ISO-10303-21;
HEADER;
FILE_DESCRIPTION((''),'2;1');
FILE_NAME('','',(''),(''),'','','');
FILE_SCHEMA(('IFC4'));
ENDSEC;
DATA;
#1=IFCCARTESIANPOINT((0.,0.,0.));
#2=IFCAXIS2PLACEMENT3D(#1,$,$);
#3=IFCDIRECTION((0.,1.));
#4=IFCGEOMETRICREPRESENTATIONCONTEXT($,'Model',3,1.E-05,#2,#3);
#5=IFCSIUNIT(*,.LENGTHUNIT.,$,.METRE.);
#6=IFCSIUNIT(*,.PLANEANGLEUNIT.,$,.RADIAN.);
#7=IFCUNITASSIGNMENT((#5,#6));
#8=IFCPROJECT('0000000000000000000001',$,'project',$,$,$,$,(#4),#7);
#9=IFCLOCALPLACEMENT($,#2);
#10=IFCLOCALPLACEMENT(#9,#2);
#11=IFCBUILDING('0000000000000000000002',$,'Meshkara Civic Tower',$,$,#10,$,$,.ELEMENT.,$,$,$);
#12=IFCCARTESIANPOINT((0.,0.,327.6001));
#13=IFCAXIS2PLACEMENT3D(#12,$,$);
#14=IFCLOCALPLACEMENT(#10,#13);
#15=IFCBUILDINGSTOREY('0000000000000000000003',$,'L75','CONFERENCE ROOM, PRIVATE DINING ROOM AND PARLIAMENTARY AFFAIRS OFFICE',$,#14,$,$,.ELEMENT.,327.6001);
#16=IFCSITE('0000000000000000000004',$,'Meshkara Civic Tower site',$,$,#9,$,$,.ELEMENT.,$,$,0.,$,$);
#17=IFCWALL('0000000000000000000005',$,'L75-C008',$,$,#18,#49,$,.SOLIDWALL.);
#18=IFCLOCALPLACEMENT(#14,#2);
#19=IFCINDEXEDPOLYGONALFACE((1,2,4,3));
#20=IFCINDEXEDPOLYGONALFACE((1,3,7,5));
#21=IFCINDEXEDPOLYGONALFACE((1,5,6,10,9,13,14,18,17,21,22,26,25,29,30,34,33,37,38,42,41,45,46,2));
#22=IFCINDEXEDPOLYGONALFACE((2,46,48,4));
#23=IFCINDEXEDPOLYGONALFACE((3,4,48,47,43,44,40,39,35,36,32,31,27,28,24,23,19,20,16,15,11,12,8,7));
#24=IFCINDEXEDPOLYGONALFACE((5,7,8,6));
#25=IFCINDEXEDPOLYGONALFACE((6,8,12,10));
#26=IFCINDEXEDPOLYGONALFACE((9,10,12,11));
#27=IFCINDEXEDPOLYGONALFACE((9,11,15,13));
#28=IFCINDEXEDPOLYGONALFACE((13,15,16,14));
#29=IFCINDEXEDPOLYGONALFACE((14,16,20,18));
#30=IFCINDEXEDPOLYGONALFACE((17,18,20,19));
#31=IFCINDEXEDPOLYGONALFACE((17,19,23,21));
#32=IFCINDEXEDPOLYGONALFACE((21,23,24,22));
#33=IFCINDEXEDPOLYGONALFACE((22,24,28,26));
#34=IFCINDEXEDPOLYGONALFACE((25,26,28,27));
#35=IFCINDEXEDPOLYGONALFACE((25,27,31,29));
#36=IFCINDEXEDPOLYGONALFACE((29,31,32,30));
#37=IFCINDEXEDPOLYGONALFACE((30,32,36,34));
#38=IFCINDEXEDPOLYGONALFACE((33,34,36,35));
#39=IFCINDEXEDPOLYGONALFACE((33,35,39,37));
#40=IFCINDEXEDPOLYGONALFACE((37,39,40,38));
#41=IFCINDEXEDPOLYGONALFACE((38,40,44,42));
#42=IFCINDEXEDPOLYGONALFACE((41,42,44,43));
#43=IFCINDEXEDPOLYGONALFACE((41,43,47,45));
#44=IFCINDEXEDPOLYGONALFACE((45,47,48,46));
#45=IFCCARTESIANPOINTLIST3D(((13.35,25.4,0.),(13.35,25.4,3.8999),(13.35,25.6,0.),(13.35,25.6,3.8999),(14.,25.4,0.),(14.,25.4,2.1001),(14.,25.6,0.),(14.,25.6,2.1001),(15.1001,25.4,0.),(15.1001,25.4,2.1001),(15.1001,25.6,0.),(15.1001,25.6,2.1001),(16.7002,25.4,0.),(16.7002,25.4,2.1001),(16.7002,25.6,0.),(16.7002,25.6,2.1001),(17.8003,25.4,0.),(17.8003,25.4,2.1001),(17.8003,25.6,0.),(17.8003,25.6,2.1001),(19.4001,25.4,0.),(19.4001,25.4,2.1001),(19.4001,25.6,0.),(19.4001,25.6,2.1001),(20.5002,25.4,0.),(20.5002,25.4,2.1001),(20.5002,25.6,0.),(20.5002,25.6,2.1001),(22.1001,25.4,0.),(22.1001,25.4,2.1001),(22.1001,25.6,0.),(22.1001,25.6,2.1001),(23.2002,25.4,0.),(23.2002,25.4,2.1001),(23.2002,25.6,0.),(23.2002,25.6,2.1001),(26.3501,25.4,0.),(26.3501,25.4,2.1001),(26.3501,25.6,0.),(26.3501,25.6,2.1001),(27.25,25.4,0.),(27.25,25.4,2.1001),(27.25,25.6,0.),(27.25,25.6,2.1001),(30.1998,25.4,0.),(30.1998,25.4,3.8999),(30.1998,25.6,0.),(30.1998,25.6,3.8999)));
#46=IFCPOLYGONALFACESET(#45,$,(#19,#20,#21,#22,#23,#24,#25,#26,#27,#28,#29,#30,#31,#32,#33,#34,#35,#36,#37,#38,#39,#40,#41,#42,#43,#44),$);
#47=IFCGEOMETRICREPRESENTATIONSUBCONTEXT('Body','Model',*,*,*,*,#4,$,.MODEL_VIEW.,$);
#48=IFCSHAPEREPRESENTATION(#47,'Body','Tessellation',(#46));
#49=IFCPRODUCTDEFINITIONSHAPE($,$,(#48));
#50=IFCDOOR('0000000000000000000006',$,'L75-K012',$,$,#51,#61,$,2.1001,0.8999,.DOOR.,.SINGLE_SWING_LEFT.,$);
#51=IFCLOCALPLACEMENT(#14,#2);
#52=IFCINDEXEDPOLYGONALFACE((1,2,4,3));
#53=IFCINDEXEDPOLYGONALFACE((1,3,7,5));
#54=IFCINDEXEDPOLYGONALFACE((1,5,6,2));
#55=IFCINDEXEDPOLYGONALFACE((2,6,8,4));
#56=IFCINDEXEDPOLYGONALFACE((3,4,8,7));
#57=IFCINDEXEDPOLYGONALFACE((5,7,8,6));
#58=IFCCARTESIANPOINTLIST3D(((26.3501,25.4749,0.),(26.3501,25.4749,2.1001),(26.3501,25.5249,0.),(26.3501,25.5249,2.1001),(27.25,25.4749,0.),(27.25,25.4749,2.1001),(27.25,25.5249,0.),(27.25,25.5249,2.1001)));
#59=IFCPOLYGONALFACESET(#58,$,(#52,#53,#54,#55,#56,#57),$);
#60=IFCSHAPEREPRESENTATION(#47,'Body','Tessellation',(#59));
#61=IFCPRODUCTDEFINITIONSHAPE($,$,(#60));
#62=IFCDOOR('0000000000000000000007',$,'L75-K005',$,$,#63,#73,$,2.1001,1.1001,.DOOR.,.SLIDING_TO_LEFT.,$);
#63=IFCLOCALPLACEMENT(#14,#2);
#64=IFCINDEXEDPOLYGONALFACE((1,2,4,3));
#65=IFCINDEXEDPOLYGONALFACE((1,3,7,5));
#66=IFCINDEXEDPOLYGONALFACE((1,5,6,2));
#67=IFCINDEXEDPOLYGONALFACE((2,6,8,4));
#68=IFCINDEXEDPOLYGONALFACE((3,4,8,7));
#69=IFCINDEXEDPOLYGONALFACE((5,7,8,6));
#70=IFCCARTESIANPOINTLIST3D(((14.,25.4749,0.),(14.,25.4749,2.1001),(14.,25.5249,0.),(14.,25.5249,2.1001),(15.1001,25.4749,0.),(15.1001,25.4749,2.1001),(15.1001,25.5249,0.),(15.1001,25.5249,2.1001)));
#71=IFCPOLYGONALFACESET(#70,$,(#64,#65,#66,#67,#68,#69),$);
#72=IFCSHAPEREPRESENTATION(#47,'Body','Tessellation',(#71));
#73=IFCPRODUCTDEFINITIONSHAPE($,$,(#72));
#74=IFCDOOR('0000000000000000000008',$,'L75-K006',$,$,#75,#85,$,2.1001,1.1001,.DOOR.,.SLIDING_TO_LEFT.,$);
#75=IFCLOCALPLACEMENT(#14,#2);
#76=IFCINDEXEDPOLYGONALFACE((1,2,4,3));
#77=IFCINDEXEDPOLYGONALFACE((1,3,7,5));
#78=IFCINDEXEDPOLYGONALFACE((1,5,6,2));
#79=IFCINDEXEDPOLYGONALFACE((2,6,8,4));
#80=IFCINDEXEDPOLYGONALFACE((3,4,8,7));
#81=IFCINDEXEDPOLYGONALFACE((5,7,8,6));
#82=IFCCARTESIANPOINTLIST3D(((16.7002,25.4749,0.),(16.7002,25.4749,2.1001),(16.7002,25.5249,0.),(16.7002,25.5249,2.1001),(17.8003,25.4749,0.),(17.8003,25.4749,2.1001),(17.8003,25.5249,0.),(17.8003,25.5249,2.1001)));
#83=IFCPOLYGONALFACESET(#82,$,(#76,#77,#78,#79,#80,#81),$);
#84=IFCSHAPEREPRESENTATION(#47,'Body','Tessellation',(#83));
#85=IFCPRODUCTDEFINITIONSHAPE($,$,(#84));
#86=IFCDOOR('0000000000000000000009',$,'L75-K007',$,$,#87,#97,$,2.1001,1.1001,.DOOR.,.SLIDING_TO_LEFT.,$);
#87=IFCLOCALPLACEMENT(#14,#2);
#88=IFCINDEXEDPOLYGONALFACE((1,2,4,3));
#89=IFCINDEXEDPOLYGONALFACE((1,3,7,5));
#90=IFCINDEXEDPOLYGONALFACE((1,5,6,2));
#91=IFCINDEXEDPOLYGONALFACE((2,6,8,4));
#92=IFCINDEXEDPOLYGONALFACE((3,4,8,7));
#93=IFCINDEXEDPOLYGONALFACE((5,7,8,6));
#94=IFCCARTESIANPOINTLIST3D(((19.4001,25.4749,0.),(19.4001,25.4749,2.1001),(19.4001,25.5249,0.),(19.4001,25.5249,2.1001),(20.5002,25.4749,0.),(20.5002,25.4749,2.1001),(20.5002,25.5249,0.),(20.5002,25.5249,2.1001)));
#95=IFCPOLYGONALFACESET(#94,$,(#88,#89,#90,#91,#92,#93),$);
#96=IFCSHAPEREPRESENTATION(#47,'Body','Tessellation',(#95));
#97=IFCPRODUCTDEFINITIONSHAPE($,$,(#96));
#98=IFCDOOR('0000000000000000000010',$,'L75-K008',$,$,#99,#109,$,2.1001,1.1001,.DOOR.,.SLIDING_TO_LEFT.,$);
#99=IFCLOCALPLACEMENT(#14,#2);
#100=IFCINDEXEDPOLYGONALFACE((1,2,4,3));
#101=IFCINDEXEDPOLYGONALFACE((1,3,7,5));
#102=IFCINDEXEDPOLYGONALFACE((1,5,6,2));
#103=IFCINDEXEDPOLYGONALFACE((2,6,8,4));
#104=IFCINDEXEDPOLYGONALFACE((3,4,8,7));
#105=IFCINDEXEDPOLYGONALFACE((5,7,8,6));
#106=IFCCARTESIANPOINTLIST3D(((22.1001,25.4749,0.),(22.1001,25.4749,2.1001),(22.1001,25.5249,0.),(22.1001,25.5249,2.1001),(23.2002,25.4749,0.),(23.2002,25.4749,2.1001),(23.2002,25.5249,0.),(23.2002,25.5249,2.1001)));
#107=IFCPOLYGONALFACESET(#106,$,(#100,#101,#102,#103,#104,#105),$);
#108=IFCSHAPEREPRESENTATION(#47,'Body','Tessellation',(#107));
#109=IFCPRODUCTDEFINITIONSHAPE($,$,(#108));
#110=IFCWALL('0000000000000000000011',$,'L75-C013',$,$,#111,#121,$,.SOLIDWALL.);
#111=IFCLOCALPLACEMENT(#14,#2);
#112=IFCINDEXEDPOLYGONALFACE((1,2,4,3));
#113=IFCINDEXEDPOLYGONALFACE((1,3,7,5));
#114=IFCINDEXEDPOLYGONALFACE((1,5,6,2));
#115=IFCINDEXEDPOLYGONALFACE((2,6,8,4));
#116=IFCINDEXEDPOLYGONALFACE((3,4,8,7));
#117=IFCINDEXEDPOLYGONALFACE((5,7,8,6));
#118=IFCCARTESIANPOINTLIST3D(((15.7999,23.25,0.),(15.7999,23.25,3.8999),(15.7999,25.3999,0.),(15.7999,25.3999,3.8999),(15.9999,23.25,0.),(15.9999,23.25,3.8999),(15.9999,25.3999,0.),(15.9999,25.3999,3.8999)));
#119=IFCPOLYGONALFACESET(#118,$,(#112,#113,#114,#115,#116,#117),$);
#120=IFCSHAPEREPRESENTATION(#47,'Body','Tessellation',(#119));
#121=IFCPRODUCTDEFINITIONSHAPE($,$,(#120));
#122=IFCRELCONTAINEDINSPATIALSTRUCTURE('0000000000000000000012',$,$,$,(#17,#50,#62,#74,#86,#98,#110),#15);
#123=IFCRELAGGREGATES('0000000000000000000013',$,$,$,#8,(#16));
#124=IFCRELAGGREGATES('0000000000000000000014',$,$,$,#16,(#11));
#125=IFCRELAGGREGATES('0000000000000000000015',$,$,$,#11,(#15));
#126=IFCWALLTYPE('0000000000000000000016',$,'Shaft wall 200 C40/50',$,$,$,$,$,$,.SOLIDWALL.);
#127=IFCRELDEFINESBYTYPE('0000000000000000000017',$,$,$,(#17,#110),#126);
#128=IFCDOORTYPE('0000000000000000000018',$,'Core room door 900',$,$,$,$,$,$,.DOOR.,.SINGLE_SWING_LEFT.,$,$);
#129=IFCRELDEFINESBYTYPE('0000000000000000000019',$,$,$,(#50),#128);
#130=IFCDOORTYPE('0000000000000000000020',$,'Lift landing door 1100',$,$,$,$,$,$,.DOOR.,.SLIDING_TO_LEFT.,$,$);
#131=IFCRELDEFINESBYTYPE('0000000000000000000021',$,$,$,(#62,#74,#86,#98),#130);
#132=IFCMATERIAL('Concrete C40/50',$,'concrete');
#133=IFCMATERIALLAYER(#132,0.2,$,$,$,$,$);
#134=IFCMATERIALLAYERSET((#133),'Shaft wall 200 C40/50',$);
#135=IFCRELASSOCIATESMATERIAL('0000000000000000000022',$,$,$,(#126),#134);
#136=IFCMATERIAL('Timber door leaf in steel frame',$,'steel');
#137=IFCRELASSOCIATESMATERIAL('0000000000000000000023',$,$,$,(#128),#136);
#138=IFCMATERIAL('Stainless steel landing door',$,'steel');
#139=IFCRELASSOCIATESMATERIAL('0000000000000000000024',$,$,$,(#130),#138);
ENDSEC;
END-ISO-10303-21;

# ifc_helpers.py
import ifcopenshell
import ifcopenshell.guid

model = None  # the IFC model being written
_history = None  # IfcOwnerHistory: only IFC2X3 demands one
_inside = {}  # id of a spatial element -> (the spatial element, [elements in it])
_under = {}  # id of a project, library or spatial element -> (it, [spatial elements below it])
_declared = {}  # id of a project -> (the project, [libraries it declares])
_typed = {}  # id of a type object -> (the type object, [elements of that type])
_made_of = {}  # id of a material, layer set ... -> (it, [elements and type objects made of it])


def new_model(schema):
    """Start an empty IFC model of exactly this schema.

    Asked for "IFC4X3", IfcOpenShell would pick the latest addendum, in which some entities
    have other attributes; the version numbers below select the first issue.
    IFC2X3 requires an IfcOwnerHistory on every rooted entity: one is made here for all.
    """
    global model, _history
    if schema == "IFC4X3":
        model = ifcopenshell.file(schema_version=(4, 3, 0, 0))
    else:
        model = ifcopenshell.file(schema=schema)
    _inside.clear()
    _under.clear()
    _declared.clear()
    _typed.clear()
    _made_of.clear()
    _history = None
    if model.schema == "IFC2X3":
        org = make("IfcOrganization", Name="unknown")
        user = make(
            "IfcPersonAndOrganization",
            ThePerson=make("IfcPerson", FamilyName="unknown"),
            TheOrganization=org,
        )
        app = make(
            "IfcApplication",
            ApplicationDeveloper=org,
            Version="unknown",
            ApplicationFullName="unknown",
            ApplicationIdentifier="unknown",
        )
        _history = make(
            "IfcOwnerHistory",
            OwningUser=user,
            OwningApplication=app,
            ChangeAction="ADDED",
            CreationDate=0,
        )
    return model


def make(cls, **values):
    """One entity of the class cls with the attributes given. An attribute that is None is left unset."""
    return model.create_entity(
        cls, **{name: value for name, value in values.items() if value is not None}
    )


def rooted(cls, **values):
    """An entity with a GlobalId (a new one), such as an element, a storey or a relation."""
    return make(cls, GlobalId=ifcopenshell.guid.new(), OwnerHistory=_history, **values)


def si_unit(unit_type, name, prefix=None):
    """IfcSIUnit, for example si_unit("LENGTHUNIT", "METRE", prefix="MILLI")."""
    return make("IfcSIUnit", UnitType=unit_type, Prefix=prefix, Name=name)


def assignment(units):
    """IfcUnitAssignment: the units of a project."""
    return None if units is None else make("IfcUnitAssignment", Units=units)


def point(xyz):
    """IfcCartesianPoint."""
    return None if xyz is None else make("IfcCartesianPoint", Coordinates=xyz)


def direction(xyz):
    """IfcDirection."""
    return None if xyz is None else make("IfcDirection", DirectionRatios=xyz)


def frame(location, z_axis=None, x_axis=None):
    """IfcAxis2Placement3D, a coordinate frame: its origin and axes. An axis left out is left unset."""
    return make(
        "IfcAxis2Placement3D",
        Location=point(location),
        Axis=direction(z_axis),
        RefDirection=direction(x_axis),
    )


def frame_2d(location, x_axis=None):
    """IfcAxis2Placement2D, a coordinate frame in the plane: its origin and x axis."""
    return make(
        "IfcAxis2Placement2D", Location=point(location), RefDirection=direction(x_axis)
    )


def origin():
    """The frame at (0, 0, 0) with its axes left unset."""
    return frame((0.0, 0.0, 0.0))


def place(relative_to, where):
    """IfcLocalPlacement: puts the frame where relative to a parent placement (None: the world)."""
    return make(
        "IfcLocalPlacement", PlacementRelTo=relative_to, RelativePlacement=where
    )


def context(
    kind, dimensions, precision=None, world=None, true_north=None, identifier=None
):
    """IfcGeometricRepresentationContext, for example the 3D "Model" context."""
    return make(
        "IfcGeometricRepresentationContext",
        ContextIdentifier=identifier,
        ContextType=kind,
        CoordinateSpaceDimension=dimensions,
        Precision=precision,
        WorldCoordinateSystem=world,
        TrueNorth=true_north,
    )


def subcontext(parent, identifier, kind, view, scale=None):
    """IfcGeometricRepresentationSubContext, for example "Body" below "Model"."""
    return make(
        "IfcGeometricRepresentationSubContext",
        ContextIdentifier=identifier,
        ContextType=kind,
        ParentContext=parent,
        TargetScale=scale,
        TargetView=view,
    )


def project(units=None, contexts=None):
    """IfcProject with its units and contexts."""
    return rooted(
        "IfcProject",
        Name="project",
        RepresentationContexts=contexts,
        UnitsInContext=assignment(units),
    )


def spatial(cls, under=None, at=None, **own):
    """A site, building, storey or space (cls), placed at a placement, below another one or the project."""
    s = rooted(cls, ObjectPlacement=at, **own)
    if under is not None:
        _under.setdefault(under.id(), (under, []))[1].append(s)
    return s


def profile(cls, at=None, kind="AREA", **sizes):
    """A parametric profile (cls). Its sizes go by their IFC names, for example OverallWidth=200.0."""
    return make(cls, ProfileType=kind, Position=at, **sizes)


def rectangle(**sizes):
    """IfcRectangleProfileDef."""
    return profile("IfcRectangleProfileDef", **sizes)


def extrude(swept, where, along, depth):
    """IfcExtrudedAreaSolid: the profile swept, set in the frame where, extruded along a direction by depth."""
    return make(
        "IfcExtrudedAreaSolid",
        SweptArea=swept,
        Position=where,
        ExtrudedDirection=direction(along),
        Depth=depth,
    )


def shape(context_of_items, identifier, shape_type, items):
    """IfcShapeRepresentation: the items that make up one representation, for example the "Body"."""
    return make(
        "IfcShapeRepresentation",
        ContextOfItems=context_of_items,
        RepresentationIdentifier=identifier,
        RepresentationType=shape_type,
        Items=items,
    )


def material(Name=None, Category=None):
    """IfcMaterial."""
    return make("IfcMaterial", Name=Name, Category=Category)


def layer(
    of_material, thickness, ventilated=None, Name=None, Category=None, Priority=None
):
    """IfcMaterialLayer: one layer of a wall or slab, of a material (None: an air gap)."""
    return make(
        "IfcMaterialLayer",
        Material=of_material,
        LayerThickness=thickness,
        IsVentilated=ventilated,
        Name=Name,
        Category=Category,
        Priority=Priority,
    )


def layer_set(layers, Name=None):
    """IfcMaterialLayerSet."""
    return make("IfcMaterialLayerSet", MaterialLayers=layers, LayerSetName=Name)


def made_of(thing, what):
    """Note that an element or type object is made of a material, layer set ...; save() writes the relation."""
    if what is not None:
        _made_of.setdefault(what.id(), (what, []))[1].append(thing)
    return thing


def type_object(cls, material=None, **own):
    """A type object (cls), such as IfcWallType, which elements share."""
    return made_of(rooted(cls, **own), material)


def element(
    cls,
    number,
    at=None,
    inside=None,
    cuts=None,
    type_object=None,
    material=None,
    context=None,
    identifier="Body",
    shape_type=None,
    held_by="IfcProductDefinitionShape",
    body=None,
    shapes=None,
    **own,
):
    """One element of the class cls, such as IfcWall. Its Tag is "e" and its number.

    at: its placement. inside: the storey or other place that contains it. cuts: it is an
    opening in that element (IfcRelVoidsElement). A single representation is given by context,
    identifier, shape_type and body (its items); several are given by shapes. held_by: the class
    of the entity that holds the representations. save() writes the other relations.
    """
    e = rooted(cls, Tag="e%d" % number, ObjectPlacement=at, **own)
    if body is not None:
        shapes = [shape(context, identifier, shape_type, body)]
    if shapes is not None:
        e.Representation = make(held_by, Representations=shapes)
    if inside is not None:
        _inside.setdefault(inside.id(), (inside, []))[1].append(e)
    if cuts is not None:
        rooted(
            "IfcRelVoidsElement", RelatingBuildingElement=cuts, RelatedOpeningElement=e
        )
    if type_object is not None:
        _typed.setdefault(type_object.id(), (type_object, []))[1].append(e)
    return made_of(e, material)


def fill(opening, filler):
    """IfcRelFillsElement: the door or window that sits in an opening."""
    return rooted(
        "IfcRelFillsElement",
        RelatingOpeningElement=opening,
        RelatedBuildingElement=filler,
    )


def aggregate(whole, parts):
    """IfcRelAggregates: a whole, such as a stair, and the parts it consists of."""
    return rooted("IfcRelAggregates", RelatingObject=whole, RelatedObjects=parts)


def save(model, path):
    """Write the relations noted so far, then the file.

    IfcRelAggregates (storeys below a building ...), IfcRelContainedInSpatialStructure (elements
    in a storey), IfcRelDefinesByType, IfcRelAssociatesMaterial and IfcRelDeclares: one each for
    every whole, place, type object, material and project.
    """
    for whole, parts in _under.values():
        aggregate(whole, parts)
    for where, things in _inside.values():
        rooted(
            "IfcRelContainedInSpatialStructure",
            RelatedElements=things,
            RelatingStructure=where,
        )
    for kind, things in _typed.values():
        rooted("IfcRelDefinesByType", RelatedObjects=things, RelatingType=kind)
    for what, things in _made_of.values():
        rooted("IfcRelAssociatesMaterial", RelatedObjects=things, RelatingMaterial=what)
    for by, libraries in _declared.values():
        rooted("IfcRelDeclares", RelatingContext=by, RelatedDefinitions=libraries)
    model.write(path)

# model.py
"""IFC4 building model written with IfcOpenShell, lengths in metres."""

from ifc_helpers import new_model, si_unit, direction, frame, frame_2d, origin, place, context, subcontext, project, spatial, rectangle, extrude, material, layer, layer_set, type_object, element, fill, save


model = new_model("IFC4")

# Units and contexts
model_context = context("Model", 3, precision=1e-05, world=origin(), true_north=direction((0.0, 1.0)))
body_context = subcontext(model_context, "Body", "Model", "MODEL_VIEW")
ifc_project = project(units=[si_unit("LENGTHUNIT", "METRE"), si_unit("PLANEANGLEUNIT", "RADIAN")], contexts=[model_context])

# Site, building, storey
site_placement = place(None, origin())
site = spatial("IfcSite", under=ifc_project, at=site_placement, Name="Meshkara Civic Tower site", CompositionType="ELEMENT", RefElevation=0.0)
building_placement = place(site_placement, origin())
building = spatial("IfcBuilding", under=site, at=building_placement, Name="Meshkara Civic Tower", CompositionType="ELEMENT")
storey_placement = place(building_placement, frame((0.0, 0.0, 327.6001)))
storey = spatial("IfcBuildingStorey", under=building, at=storey_placement, Name="L75", Description="CONFERENCE ROOM, PRIVATE DINING ROOM AND PARLIAMENTARY AFFAIRS OFFICE", CompositionType="ELEMENT", Elevation=327.6001)

# Wall, openings, doors
ifc_material_1 = material(Name="Concrete C40/50", Category="concrete")
ifc_layer_1 = layer(ifc_material_1, 0.2)
ifc_layer_set_1 = layer_set([ifc_layer_1], Name="Shaft wall 200 C40/50")
wall_type_1 = type_object("IfcWallType", Name="Shaft wall 200 C40/50", PredefinedType="SOLIDWALL", material=ifc_layer_set_1)
wall_1_placement = place(storey_placement, frame((13.3501, 25.5, 0.0), z_axis=(0.0, 0.0, 1.0), x_axis=(1.0, 0.0, 0.0)))
wall_1 = element("IfcWall", 1, at=wall_1_placement, inside=storey, type_object=wall_type_1, Name="L75-C008", PredefinedType="SOLIDWALL", context=body_context, shape_type="SweptSolid", body=[
    extrude(rectangle(XDim=16.8499, YDim=0.2, at=frame_2d((8.4248, 0.0))), origin(), (0.0, 0.0, 1.0), 3.8999),
])
opening_1_placement = place(wall_1_placement, frame((0.6499, 0.0, 0.0)))
opening_1 = element("IfcOpeningElement", 2, at=opening_1_placement, cuts=wall_1, PredefinedType="OPENING", context=body_context, shape_type="SweptSolid", body=[
    extrude(rectangle(XDim=1.1001, YDim=2.1001, at=frame_2d((0.55, 1.05))), frame((0.0, 0.1099, 0.0), z_axis=(0.0, -1.0, 0.0), x_axis=(1.0, 0.0, 0.0)), (0.0, 0.0, 1.0), 0.22),
])
opening_2_placement = place(wall_1_placement, frame((3.3501, 0.0, 0.0)))
opening_2 = element("IfcOpeningElement", 3, at=opening_2_placement, cuts=wall_1, PredefinedType="OPENING", context=body_context, shape_type="SweptSolid", body=[
    extrude(rectangle(XDim=1.1001, YDim=2.1001, at=frame_2d((0.55, 1.05))), frame((0.0, 0.1099, 0.0), z_axis=(0.0, -1.0, 0.0), x_axis=(1.0, 0.0, 0.0)), (0.0, 0.0, 1.0), 0.22),
])
opening_3_placement = place(wall_1_placement, frame((6.05, 0.0, 0.0)))
opening_3 = element("IfcOpeningElement", 4, at=opening_3_placement, cuts=wall_1, PredefinedType="OPENING", context=body_context, shape_type="SweptSolid", body=[
    extrude(rectangle(XDim=1.1001, YDim=2.1001, at=frame_2d((0.55, 1.05))), frame((0.0, 0.1099, 0.0), z_axis=(0.0, -1.0, 0.0), x_axis=(1.0, 0.0, 0.0)), (0.0, 0.0, 1.0), 0.22),
])
opening_4_placement = place(wall_1_placement, frame((8.75, 0.0, 0.0)))
opening_4 = element("IfcOpeningElement", 5, at=opening_4_placement, cuts=wall_1, PredefinedType="OPENING", context=body_context, shape_type="SweptSolid", body=[
    extrude(rectangle(XDim=1.1001, YDim=2.1001, at=frame_2d((0.55, 1.05))), frame((0.0, 0.1099, 0.0), z_axis=(0.0, -1.0, 0.0), x_axis=(1.0, 0.0, 0.0)), (0.0, 0.0, 1.0), 0.22),
])
opening_5_placement = place(wall_1_placement, frame((13.0, 0.0, 0.0)))
opening_5 = element("IfcOpeningElement", 6, at=opening_5_placement, cuts=wall_1, PredefinedType="OPENING", context=body_context, shape_type="SweptSolid", body=[
    extrude(rectangle(XDim=0.8999, YDim=2.1001, at=frame_2d((0.45, 1.05))), frame((0.0, 0.1099, 0.0), z_axis=(0.0, -1.0, 0.0), x_axis=(1.0, 0.0, 0.0)), (0.0, 0.0, 1.0), 0.22),
])
ifc_material_2 = material(Name="Timber door leaf in steel frame", Category="steel")
door_type_1 = type_object("IfcDoorType", Name="Core room door 900", OperationType="SINGLE_SWING_LEFT", PredefinedType="DOOR", material=ifc_material_2)
door_1_placement = place(opening_5_placement, origin())
door_1 = element("IfcDoor", 7, at=door_1_placement, inside=storey, type_object=door_type_1, Name="L75-K012", OperationType="SINGLE_SWING_LEFT", OverallHeight=2.1001, OverallWidth=0.8999, PredefinedType="DOOR", context=body_context, shape_type="SweptSolid", body=[
    extrude(rectangle(XDim=0.8999, YDim=2.1001, at=frame_2d((0.45, 1.05))), frame((0.0, 0.0249, 0.0), z_axis=(0.0, -1.0, 0.0), x_axis=(1.0, 0.0, 0.0)), (0.0, 0.0, 1.0), 0.05),
])
fill(opening_5, door_1)
ifc_material_3 = material(Name="Stainless steel landing door", Category="steel")
door_type_2 = type_object("IfcDoorType", Name="Lift landing door 1100", OperationType="SLIDING_TO_LEFT", PredefinedType="DOOR", material=ifc_material_3)
door_2_placement = place(opening_1_placement, origin())
door_2 = element("IfcDoor", 8, at=door_2_placement, inside=storey, type_object=door_type_2, Name="L75-K005", OperationType="SLIDING_TO_LEFT", OverallHeight=2.1001, OverallWidth=1.1001, PredefinedType="DOOR", context=body_context, shape_type="SweptSolid", body=[
    extrude(rectangle(XDim=1.1001, YDim=2.1001, at=frame_2d((0.55, 1.05))), frame((0.0, 0.0249, 0.0), z_axis=(0.0, -1.0, 0.0), x_axis=(1.0, 0.0, 0.0)), (0.0, 0.0, 1.0), 0.05),
])
fill(opening_1, door_2)
door_3_placement = place(opening_2_placement, origin())
door_3 = element("IfcDoor", 9, at=door_3_placement, inside=storey, type_object=door_type_2, Name="L75-K006", OperationType="SLIDING_TO_LEFT", OverallHeight=2.1001, OverallWidth=1.1001, PredefinedType="DOOR", context=body_context, shape_type="SweptSolid", body=[
    extrude(rectangle(XDim=1.1001, YDim=2.1001, at=frame_2d((0.55, 1.05))), frame((0.0, 0.0249, 0.0), z_axis=(0.0, -1.0, 0.0), x_axis=(1.0, 0.0, 0.0)), (0.0, 0.0, 1.0), 0.05),
])
fill(opening_2, door_3)
door_4_placement = place(opening_3_placement, origin())
door_4 = element("IfcDoor", 10, at=door_4_placement, inside=storey, type_object=door_type_2, Name="L75-K007", OperationType="SLIDING_TO_LEFT", OverallHeight=2.1001, OverallWidth=1.1001, PredefinedType="DOOR", context=body_context, shape_type="SweptSolid", body=[
    extrude(rectangle(XDim=1.1001, YDim=2.1001, at=frame_2d((0.55, 1.05))), frame((0.0, 0.0249, 0.0), z_axis=(0.0, -1.0, 0.0), x_axis=(1.0, 0.0, 0.0)), (0.0, 0.0, 1.0), 0.05),
])
fill(opening_3, door_4)
door_5_placement = place(opening_4_placement, origin())
door_5 = element("IfcDoor", 11, at=door_5_placement, inside=storey, type_object=door_type_2, Name="L75-K008", OperationType="SLIDING_TO_LEFT", OverallHeight=2.1001, OverallWidth=1.1001, PredefinedType="DOOR", context=body_context, shape_type="SweptSolid", body=[
    extrude(rectangle(XDim=1.1001, YDim=2.1001, at=frame_2d((0.55, 1.05))), frame((0.0, 0.0249, 0.0), z_axis=(0.0, -1.0, 0.0), x_axis=(1.0, 0.0, 0.0)), (0.0, 0.0, 1.0), 0.05),
])
fill(opening_4, door_5)

# Wall
wall_2_placement = place(storey_placement, frame((15.8999, 23.25, 0.0), z_axis=(0.0, 0.0, 1.0), x_axis=(0.0, 1.0, 0.0)))
element("IfcWall", 12, at=wall_2_placement, inside=storey, type_object=wall_type_1, Name="L75-C013", PredefinedType="SOLIDWALL", context=body_context, shape_type="SweptSolid", body=[
    extrude(rectangle(XDim=2.1499, YDim=0.2, at=frame_2d((1.075, 0.0))), origin(), (0.0, 0.0, 1.0), 3.8999),
])

save(model, "model.ifc")
